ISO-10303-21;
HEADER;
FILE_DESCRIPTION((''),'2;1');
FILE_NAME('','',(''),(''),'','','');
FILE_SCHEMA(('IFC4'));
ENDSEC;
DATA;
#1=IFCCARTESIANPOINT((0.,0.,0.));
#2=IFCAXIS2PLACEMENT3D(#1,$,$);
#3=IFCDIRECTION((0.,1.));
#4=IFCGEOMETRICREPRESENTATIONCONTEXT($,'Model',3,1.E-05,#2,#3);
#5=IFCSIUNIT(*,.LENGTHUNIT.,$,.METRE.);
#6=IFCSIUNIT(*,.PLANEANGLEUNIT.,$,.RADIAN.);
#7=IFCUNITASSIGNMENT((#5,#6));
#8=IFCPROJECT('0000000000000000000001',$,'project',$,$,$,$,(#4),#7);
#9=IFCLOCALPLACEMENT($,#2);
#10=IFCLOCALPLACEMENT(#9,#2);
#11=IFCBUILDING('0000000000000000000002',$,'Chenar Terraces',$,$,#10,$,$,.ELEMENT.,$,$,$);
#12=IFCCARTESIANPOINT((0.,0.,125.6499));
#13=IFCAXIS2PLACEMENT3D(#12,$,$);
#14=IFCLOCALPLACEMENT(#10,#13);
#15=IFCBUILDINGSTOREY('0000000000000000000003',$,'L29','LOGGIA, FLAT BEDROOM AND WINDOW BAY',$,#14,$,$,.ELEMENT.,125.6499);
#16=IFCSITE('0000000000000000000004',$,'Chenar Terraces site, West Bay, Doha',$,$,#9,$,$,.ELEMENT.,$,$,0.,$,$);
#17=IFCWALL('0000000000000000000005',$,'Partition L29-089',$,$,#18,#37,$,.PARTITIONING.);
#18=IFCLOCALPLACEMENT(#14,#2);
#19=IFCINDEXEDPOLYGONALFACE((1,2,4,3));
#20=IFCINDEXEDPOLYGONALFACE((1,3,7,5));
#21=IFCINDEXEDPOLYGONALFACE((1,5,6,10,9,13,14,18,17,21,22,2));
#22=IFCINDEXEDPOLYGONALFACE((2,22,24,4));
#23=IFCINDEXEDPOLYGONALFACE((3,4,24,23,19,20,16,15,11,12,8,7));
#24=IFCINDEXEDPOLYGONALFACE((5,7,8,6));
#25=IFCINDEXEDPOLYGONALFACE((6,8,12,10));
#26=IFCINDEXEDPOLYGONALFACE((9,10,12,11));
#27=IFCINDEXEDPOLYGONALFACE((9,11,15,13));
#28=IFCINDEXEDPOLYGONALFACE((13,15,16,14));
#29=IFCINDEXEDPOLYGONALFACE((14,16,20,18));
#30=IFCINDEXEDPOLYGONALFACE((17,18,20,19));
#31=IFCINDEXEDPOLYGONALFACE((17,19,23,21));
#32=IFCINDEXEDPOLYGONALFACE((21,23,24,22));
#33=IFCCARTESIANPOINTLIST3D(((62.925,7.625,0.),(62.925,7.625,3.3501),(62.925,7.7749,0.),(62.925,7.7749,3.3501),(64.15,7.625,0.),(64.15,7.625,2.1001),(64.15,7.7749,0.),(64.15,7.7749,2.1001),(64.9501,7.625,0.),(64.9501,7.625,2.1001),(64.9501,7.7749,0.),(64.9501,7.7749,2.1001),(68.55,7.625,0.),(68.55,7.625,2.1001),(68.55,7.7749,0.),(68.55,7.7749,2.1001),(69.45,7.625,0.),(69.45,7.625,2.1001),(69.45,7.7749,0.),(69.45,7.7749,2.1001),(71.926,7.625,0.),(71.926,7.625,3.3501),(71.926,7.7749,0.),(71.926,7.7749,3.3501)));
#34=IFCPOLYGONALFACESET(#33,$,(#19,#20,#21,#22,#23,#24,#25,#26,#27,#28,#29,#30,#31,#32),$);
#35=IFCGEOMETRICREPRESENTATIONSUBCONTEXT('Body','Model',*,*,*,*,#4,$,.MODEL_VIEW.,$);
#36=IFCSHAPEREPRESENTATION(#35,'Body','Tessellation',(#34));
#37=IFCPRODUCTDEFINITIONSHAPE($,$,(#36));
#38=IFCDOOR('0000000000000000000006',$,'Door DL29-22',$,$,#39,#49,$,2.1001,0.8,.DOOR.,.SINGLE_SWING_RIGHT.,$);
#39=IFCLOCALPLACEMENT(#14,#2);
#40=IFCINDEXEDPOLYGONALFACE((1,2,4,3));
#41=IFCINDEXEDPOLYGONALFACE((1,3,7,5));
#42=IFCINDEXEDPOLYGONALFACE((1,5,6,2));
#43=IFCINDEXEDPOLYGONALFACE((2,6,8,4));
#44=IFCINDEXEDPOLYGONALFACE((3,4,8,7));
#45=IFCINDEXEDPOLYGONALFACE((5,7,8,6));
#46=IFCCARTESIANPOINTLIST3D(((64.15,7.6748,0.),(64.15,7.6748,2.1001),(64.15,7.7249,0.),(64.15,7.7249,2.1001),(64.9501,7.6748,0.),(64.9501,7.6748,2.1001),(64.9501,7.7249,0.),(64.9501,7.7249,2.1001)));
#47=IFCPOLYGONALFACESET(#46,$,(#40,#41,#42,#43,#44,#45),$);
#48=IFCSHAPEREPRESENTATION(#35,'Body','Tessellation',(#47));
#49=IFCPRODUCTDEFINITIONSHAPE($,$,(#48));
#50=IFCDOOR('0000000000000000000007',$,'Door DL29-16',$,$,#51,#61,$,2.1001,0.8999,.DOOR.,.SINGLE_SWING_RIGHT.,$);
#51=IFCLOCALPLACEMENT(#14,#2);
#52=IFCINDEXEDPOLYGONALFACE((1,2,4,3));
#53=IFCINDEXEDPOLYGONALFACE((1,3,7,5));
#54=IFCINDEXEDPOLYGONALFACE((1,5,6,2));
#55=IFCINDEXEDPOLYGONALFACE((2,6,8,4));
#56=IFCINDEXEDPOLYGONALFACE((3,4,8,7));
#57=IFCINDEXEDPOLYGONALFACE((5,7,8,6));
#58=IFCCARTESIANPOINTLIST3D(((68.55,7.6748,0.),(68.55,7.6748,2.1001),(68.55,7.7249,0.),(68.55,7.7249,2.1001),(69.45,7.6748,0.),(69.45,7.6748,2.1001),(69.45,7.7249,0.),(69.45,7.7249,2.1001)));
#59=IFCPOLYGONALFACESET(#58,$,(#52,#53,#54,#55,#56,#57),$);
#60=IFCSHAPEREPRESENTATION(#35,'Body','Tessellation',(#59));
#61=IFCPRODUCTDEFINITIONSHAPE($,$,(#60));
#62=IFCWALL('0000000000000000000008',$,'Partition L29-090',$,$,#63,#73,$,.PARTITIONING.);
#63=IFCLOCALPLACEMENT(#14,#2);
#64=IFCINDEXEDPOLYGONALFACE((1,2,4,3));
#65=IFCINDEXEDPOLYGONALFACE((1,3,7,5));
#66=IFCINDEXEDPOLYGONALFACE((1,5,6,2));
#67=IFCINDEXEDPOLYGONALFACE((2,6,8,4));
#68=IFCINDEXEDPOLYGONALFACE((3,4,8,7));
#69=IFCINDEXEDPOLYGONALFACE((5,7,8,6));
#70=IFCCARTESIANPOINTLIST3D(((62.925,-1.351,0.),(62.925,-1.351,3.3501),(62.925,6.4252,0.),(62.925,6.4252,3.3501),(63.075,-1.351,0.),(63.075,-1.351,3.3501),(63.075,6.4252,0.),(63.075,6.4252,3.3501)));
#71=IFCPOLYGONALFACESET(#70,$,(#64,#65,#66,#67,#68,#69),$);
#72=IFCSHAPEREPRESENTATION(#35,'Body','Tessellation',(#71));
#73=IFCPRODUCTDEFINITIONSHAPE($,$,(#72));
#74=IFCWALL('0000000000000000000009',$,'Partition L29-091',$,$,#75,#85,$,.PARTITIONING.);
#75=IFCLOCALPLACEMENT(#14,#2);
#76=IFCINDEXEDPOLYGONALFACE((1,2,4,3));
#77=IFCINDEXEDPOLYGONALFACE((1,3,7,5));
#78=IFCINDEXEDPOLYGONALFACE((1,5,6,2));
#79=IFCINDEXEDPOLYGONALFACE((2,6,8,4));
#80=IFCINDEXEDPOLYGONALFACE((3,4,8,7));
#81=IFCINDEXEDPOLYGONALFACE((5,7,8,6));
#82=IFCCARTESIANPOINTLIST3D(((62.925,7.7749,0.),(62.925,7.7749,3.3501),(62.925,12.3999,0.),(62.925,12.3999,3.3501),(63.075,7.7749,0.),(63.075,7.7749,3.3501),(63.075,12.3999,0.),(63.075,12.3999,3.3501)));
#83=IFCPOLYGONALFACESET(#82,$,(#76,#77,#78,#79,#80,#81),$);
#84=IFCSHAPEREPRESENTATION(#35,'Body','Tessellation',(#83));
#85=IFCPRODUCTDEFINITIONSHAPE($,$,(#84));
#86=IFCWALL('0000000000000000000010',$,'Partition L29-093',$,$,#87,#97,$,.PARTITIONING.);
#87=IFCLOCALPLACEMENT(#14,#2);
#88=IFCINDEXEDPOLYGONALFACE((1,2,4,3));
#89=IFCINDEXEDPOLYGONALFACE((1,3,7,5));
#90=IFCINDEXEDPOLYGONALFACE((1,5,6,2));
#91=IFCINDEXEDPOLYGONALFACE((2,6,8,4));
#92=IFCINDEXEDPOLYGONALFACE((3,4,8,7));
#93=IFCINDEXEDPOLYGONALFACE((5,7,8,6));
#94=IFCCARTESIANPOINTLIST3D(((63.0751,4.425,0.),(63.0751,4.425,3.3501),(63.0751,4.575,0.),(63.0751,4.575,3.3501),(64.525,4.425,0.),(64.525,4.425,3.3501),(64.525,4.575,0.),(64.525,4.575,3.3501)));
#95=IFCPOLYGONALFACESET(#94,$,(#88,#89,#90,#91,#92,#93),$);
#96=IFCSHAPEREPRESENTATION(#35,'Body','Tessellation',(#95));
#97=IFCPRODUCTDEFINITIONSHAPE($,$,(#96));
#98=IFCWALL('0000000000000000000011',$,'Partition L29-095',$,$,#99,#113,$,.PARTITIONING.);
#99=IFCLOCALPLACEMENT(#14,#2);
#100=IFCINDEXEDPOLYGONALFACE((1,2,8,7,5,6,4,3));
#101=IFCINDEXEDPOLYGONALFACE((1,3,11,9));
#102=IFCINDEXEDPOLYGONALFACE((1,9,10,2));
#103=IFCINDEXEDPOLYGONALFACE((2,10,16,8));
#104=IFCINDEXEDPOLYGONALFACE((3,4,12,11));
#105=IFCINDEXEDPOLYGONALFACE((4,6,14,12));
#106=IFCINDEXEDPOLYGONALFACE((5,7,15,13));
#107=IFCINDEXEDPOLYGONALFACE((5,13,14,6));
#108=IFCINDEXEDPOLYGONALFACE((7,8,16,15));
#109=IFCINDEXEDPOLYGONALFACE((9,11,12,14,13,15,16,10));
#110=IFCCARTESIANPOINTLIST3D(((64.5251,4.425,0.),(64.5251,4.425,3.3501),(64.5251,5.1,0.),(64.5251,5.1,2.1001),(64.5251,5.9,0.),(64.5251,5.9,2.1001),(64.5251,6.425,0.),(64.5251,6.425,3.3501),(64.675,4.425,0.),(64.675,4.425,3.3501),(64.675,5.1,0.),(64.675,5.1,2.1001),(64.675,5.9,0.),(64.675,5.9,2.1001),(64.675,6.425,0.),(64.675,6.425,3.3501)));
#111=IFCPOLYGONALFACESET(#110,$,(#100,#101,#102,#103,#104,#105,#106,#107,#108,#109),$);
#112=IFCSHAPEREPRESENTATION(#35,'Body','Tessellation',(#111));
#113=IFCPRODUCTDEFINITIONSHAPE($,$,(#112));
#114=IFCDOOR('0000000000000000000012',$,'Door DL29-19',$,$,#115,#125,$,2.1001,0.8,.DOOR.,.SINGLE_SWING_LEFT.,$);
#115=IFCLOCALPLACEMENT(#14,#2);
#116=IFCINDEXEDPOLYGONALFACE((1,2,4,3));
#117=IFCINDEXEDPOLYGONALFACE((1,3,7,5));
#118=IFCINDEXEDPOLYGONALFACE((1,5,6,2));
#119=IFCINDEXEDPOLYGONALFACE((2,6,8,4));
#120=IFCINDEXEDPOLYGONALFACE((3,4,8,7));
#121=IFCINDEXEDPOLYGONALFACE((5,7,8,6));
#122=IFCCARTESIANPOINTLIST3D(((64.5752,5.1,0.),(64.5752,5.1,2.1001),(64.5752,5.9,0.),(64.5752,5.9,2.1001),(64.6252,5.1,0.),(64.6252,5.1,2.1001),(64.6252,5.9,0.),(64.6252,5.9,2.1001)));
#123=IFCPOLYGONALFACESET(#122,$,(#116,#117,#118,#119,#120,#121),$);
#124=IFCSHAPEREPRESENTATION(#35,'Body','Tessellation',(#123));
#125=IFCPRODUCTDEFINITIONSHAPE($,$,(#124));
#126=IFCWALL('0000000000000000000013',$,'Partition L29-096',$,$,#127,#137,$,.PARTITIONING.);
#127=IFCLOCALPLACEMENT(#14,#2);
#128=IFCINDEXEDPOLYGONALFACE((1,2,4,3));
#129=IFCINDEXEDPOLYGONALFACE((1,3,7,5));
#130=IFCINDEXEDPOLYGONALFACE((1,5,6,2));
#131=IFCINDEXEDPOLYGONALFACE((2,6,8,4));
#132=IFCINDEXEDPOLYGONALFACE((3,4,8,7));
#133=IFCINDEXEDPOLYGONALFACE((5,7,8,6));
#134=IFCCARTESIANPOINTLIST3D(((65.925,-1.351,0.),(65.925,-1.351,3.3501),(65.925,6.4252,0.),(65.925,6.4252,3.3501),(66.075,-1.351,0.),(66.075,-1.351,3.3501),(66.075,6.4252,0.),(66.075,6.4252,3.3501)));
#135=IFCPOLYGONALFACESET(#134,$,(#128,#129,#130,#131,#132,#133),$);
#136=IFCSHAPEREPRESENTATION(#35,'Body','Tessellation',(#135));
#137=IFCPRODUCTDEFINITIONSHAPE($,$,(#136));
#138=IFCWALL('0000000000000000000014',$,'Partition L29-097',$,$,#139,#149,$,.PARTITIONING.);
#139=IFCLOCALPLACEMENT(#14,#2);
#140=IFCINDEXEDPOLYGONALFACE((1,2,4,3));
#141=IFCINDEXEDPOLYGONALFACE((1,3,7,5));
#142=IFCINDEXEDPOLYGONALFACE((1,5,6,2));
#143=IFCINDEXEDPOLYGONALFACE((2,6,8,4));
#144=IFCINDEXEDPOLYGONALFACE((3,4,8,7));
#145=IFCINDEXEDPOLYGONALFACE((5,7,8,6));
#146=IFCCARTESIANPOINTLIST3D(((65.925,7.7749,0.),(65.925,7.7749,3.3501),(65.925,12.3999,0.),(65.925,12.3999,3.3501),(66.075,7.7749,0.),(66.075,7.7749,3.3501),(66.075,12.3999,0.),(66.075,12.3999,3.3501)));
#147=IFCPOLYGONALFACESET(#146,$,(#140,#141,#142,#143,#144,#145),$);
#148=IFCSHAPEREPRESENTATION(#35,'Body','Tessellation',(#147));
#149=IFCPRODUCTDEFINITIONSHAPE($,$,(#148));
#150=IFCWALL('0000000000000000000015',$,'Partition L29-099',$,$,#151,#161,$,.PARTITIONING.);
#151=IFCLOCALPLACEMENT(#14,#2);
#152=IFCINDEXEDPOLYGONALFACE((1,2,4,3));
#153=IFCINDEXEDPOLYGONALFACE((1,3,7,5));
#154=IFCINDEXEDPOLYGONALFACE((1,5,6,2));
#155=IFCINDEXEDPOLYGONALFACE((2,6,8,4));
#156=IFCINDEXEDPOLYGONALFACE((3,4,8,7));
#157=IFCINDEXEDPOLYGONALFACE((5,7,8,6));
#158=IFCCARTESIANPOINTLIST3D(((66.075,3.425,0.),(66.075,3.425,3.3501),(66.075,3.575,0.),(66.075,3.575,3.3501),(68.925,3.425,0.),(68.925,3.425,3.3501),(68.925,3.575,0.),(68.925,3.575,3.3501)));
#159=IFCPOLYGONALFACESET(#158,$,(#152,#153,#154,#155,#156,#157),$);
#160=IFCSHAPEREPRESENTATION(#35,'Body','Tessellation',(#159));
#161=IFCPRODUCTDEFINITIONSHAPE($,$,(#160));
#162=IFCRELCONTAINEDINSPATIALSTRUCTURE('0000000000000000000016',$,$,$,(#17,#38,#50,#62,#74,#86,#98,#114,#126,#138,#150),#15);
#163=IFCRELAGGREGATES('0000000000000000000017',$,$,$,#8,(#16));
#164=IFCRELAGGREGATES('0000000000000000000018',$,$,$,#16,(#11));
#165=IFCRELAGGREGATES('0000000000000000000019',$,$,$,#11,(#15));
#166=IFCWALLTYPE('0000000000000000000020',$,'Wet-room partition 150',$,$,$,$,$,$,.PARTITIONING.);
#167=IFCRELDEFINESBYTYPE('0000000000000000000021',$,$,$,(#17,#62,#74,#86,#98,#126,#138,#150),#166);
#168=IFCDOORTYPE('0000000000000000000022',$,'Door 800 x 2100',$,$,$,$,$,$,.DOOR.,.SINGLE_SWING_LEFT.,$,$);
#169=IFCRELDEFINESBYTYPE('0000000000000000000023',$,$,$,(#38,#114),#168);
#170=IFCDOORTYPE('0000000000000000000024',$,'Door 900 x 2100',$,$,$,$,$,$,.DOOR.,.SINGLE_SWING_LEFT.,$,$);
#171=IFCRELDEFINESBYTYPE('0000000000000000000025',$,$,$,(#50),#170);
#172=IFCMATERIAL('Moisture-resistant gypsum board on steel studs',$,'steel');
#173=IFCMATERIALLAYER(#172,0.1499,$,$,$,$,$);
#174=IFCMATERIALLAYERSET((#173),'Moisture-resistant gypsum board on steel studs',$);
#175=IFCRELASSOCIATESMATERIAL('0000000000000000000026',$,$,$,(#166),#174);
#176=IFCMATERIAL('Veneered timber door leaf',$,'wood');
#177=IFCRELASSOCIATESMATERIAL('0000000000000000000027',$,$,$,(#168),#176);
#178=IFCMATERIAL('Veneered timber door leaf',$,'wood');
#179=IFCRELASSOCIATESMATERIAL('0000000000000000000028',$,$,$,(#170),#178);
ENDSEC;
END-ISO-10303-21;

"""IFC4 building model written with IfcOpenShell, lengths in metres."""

from ifc_helpers import new_model, si_unit, direction, frame, frame_2d, origin, place, context, subcontext, project, spatial, rectangle, extrude, material, layer, layer_set, type_object, element, fill, save


model = new_model("IFC4")

# Units and contexts
model_context = context("Model", 3, precision=1e-05, world=origin(), true_north=direction((0.0, 1.0)))
body_context = subcontext(model_context, "Body", "Model", "MODEL_VIEW")
ifc_project = project(units=[si_unit("LENGTHUNIT", "METRE"), si_unit("PLANEANGLEUNIT", "RADIAN")], contexts=[model_context])

# Site, building, storey
site_placement = place(None, origin())
site = spatial("IfcSite", under=ifc_project, at=site_placement, Name="Chenar Terraces site, West Bay, Doha", CompositionType="ELEMENT", RefElevation=0.0)
building_placement = place(site_placement, origin())
building = spatial("IfcBuilding", under=site, at=building_placement, Name="Chenar Terraces", CompositionType="ELEMENT")
storey_placement = place(building_placement, frame((0.0, 0.0, 125.6499)))
storey = spatial("IfcBuildingStorey", under=building, at=storey_placement, Name="L29", Description="LOGGIA, FLAT BEDROOM AND WINDOW BAY", CompositionType="ELEMENT", Elevation=125.6499)

# Wall, openings, doors
ifc_material_1 = material(Name="Moisture-resistant gypsum board on steel studs", Category="steel")
ifc_layer_1 = layer(ifc_material_1, 0.1499)
ifc_layer_set_1 = layer_set([ifc_layer_1], Name="Moisture-resistant gypsum board on steel studs")
wall_type_1 = type_object("IfcWallType", Name="Wet-room partition 150", PredefinedType="PARTITIONING", material=ifc_layer_set_1)
wall_1_placement = place(storey_placement, frame((62.925, 7.7, 0.0), z_axis=(0.0, 0.0, 1.0), x_axis=(1.0, 0.0, 0.0)))
wall_1 = element("IfcWall", 1, at=wall_1_placement, inside=storey, type_object=wall_type_1, Name="Partition L29-089", PredefinedType="PARTITIONING", context=body_context, shape_type="SweptSolid", body=[
    extrude(rectangle(XDim=9.001, YDim=0.1499, at=frame_2d((4.5005, 0.0))), origin(), (0.0, 0.0, 1.0), 3.3501),
])
opening_1_placement = place(wall_1_placement, frame((5.625, 0.0, 0.0)))
opening_1 = element("IfcOpeningElement", 2, at=opening_1_placement, cuts=wall_1, PredefinedType="OPENING", context=body_context, shape_type="SweptSolid", body=[
    extrude(rectangle(XDim=0.8999, YDim=2.1001, at=frame_2d((0.45, 1.05))), frame((0.0, 0.085, 0.0), z_axis=(0.0, -1.0, 0.0), x_axis=(1.0, 0.0, 0.0)), (0.0, 0.0, 1.0), 0.1699),
])
opening_2_placement = place(wall_1_placement, frame((1.2251, 0.0, 0.0)))
opening_2 = element("IfcOpeningElement", 3, at=opening_2_placement, cuts=wall_1, PredefinedType="OPENING", context=body_context, shape_type="SweptSolid", body=[
    extrude(rectangle(XDim=0.8, YDim=2.1001, at=frame_2d((0.3999, 1.05))), frame((0.0, 0.085, 0.0), z_axis=(0.0, -1.0, 0.0), x_axis=(1.0, 0.0, 0.0)), (0.0, 0.0, 1.0), 0.1699),
])
ifc_material_2 = material(Name="Veneered timber door leaf", Category="wood")
door_type_1 = type_object("IfcDoorType", Name="Door 800 x 2100", OperationType="SINGLE_SWING_LEFT", PredefinedType="DOOR", material=ifc_material_2)
door_1_placement = place(opening_2_placement, origin())
door_1 = element("IfcDoor", 4, at=door_1_placement, inside=storey, type_object=door_type_1, Name="Door DL29-22", OperationType="SINGLE_SWING_RIGHT", OverallHeight=2.1001, OverallWidth=0.8, PredefinedType="DOOR", context=body_context, shape_type="SweptSolid", body=[
    extrude(rectangle(XDim=0.8, YDim=2.1001, at=frame_2d((0.3999, 1.05))), frame((0.0, 0.0249, 0.0), z_axis=(0.0, -1.0, 0.0), x_axis=(1.0, 0.0, 0.0)), (0.0, 0.0, 1.0), 0.05),
])
fill(opening_2, door_1)
ifc_material_3 = material(Name="Veneered timber door leaf", Category="wood")
door_type_2 = type_object("IfcDoorType", Name="Door 900 x 2100", OperationType="SINGLE_SWING_LEFT", PredefinedType="DOOR", material=ifc_material_3)
door_2_placement = place(opening_1_placement, origin())
door_2 = element("IfcDoor", 5, at=door_2_placement, inside=storey, type_object=door_type_2, Name="Door DL29-16", OperationType="SINGLE_SWING_RIGHT", OverallHeight=2.1001, OverallWidth=0.8999, PredefinedType="DOOR", context=body_context, shape_type="SweptSolid", body=[
    extrude(rectangle(XDim=0.8999, YDim=2.1001, at=frame_2d((0.45, 1.05))), frame((0.0, 0.0249, 0.0), z_axis=(0.0, -1.0, 0.0), x_axis=(1.0, 0.0, 0.0)), (0.0, 0.0, 1.0), 0.05),
])
fill(opening_1, door_2)

# Walls
wall_2_placement = place(storey_placement, frame((63.0, -1.3511, 0.0), z_axis=(0.0, 0.0, 1.0), x_axis=(0.0, 1.0, 0.0)))
element("IfcWall", 6, at=wall_2_placement, inside=storey, type_object=wall_type_1, Name="Partition L29-090", PredefinedType="PARTITIONING", context=body_context, shape_type="SweptSolid", body=[
    extrude(rectangle(XDim=7.7761, YDim=0.1499, at=frame_2d((3.8882, 0.0))), origin(), (0.0, 0.0, 1.0), 3.3501),
])
wall_3_placement = place(storey_placement, frame((63.0, 7.7749, 0.0), z_axis=(0.0, 0.0, 1.0), x_axis=(0.0, 1.0, 0.0)))
element("IfcWall", 7, at=wall_3_placement, inside=storey, type_object=wall_type_1, Name="Partition L29-091", PredefinedType="PARTITIONING", context=body_context, shape_type="SweptSolid", body=[
    extrude(rectangle(XDim=4.625, YDim=0.1499, at=frame_2d((2.3125, 0.0))), origin(), (0.0, 0.0, 1.0), 3.3501),
])
wall_4_placement = place(storey_placement, frame((63.075, 4.5, 0.0), z_axis=(0.0, 0.0, 1.0), x_axis=(1.0, 0.0, 0.0)))
element("IfcWall", 8, at=wall_4_placement, inside=storey, type_object=wall_type_1, Name="Partition L29-093", PredefinedType="PARTITIONING", context=body_context, shape_type="SweptSolid", body=[
    extrude(rectangle(XDim=1.45, YDim=0.1499, at=frame_2d((0.7251, 0.0))), origin(), (0.0, 0.0, 1.0), 3.3501),
])

# Wall, opening, door
wall_5_placement = place(storey_placement, frame((64.6001, 4.425, 0.0), z_axis=(0.0, 0.0, 1.0), x_axis=(0.0, 1.0, 0.0)))
wall_5 = element("IfcWall", 9, at=wall_5_placement, inside=storey, type_object=wall_type_1, Name="Partition L29-095", PredefinedType="PARTITIONING", context=body_context, shape_type="SweptSolid", body=[
    extrude(rectangle(XDim=2.0, YDim=0.1499, at=frame_2d((1.0, 0.0))), origin(), (0.0, 0.0, 1.0), 3.3501),
])
opening_3_placement = place(wall_5_placement, frame((0.675, 0.0, 0.0)))
opening_3 = element("IfcOpeningElement", 10, at=opening_3_placement, cuts=wall_5, PredefinedType="OPENING", context=body_context, shape_type="SweptSolid", body=[
    extrude(rectangle(XDim=0.8, YDim=2.1001, at=frame_2d((0.3999, 1.05))), frame((0.0, 0.085, 0.0), z_axis=(0.0, -1.0, 0.0), x_axis=(1.0, 0.0, 0.0)), (0.0, 0.0, 1.0), 0.1699),
])
door_3_placement = place(opening_3_placement, origin())
door_3 = element("IfcDoor", 11, at=door_3_placement, inside=storey, type_object=door_type_1, Name="Door DL29-19", OperationType="SINGLE_SWING_LEFT", OverallHeight=2.1001, OverallWidth=0.8, PredefinedType="DOOR", context=body_context, shape_type="SweptSolid", body=[
    extrude(rectangle(XDim=0.8, YDim=2.1001, at=frame_2d((0.3999, 1.05))), frame((0.0, 0.0249, 0.0), z_axis=(0.0, -1.0, 0.0), x_axis=(1.0, 0.0, 0.0)), (0.0, 0.0, 1.0), 0.05),
])
fill(opening_3, door_3)

# Walls
wall_6_placement = place(storey_placement, frame((66.0, -1.3511, 0.0), z_axis=(0.0, 0.0, 1.0), x_axis=(0.0, 1.0, 0.0)))
element("IfcWall", 12, at=wall_6_placement, inside=storey, type_object=wall_type_1, Name="Partition L29-096", PredefinedType="PARTITIONING", context=body_context, shape_type="SweptSolid", body=[
    extrude(rectangle(XDim=7.7761, YDim=0.1499, at=frame_2d((3.8882, 0.0))), origin(), (0.0, 0.0, 1.0), 3.3501),
])
wall_7_placement = place(storey_placement, frame((66.0, 7.7749, 0.0), z_axis=(0.0, 0.0, 1.0), x_axis=(0.0, 1.0, 0.0)))
element("IfcWall", 13, at=wall_7_placement, inside=storey, type_object=wall_type_1, Name="Partition L29-097", PredefinedType="PARTITIONING", context=body_context, shape_type="SweptSolid", body=[
    extrude(rectangle(XDim=4.625, YDim=0.1499, at=frame_2d((2.3125, 0.0))), origin(), (0.0, 0.0, 1.0), 3.3501),
])
wall_8_placement = place(storey_placement, frame((66.075, 3.5, 0.0), z_axis=(0.0, 0.0, 1.0), x_axis=(1.0, 0.0, 0.0)))
element("IfcWall", 14, at=wall_8_placement, inside=storey, type_object=wall_type_1, Name="Partition L29-099", PredefinedType="PARTITIONING", context=body_context, shape_type="SweptSolid", body=[
    extrude(rectangle(XDim=2.8501, YDim=0.1499, at=frame_2d((1.425, 0.0))), origin(), (0.0, 0.0, 1.0), 3.3501),
])

save(model, "model.ifc")
